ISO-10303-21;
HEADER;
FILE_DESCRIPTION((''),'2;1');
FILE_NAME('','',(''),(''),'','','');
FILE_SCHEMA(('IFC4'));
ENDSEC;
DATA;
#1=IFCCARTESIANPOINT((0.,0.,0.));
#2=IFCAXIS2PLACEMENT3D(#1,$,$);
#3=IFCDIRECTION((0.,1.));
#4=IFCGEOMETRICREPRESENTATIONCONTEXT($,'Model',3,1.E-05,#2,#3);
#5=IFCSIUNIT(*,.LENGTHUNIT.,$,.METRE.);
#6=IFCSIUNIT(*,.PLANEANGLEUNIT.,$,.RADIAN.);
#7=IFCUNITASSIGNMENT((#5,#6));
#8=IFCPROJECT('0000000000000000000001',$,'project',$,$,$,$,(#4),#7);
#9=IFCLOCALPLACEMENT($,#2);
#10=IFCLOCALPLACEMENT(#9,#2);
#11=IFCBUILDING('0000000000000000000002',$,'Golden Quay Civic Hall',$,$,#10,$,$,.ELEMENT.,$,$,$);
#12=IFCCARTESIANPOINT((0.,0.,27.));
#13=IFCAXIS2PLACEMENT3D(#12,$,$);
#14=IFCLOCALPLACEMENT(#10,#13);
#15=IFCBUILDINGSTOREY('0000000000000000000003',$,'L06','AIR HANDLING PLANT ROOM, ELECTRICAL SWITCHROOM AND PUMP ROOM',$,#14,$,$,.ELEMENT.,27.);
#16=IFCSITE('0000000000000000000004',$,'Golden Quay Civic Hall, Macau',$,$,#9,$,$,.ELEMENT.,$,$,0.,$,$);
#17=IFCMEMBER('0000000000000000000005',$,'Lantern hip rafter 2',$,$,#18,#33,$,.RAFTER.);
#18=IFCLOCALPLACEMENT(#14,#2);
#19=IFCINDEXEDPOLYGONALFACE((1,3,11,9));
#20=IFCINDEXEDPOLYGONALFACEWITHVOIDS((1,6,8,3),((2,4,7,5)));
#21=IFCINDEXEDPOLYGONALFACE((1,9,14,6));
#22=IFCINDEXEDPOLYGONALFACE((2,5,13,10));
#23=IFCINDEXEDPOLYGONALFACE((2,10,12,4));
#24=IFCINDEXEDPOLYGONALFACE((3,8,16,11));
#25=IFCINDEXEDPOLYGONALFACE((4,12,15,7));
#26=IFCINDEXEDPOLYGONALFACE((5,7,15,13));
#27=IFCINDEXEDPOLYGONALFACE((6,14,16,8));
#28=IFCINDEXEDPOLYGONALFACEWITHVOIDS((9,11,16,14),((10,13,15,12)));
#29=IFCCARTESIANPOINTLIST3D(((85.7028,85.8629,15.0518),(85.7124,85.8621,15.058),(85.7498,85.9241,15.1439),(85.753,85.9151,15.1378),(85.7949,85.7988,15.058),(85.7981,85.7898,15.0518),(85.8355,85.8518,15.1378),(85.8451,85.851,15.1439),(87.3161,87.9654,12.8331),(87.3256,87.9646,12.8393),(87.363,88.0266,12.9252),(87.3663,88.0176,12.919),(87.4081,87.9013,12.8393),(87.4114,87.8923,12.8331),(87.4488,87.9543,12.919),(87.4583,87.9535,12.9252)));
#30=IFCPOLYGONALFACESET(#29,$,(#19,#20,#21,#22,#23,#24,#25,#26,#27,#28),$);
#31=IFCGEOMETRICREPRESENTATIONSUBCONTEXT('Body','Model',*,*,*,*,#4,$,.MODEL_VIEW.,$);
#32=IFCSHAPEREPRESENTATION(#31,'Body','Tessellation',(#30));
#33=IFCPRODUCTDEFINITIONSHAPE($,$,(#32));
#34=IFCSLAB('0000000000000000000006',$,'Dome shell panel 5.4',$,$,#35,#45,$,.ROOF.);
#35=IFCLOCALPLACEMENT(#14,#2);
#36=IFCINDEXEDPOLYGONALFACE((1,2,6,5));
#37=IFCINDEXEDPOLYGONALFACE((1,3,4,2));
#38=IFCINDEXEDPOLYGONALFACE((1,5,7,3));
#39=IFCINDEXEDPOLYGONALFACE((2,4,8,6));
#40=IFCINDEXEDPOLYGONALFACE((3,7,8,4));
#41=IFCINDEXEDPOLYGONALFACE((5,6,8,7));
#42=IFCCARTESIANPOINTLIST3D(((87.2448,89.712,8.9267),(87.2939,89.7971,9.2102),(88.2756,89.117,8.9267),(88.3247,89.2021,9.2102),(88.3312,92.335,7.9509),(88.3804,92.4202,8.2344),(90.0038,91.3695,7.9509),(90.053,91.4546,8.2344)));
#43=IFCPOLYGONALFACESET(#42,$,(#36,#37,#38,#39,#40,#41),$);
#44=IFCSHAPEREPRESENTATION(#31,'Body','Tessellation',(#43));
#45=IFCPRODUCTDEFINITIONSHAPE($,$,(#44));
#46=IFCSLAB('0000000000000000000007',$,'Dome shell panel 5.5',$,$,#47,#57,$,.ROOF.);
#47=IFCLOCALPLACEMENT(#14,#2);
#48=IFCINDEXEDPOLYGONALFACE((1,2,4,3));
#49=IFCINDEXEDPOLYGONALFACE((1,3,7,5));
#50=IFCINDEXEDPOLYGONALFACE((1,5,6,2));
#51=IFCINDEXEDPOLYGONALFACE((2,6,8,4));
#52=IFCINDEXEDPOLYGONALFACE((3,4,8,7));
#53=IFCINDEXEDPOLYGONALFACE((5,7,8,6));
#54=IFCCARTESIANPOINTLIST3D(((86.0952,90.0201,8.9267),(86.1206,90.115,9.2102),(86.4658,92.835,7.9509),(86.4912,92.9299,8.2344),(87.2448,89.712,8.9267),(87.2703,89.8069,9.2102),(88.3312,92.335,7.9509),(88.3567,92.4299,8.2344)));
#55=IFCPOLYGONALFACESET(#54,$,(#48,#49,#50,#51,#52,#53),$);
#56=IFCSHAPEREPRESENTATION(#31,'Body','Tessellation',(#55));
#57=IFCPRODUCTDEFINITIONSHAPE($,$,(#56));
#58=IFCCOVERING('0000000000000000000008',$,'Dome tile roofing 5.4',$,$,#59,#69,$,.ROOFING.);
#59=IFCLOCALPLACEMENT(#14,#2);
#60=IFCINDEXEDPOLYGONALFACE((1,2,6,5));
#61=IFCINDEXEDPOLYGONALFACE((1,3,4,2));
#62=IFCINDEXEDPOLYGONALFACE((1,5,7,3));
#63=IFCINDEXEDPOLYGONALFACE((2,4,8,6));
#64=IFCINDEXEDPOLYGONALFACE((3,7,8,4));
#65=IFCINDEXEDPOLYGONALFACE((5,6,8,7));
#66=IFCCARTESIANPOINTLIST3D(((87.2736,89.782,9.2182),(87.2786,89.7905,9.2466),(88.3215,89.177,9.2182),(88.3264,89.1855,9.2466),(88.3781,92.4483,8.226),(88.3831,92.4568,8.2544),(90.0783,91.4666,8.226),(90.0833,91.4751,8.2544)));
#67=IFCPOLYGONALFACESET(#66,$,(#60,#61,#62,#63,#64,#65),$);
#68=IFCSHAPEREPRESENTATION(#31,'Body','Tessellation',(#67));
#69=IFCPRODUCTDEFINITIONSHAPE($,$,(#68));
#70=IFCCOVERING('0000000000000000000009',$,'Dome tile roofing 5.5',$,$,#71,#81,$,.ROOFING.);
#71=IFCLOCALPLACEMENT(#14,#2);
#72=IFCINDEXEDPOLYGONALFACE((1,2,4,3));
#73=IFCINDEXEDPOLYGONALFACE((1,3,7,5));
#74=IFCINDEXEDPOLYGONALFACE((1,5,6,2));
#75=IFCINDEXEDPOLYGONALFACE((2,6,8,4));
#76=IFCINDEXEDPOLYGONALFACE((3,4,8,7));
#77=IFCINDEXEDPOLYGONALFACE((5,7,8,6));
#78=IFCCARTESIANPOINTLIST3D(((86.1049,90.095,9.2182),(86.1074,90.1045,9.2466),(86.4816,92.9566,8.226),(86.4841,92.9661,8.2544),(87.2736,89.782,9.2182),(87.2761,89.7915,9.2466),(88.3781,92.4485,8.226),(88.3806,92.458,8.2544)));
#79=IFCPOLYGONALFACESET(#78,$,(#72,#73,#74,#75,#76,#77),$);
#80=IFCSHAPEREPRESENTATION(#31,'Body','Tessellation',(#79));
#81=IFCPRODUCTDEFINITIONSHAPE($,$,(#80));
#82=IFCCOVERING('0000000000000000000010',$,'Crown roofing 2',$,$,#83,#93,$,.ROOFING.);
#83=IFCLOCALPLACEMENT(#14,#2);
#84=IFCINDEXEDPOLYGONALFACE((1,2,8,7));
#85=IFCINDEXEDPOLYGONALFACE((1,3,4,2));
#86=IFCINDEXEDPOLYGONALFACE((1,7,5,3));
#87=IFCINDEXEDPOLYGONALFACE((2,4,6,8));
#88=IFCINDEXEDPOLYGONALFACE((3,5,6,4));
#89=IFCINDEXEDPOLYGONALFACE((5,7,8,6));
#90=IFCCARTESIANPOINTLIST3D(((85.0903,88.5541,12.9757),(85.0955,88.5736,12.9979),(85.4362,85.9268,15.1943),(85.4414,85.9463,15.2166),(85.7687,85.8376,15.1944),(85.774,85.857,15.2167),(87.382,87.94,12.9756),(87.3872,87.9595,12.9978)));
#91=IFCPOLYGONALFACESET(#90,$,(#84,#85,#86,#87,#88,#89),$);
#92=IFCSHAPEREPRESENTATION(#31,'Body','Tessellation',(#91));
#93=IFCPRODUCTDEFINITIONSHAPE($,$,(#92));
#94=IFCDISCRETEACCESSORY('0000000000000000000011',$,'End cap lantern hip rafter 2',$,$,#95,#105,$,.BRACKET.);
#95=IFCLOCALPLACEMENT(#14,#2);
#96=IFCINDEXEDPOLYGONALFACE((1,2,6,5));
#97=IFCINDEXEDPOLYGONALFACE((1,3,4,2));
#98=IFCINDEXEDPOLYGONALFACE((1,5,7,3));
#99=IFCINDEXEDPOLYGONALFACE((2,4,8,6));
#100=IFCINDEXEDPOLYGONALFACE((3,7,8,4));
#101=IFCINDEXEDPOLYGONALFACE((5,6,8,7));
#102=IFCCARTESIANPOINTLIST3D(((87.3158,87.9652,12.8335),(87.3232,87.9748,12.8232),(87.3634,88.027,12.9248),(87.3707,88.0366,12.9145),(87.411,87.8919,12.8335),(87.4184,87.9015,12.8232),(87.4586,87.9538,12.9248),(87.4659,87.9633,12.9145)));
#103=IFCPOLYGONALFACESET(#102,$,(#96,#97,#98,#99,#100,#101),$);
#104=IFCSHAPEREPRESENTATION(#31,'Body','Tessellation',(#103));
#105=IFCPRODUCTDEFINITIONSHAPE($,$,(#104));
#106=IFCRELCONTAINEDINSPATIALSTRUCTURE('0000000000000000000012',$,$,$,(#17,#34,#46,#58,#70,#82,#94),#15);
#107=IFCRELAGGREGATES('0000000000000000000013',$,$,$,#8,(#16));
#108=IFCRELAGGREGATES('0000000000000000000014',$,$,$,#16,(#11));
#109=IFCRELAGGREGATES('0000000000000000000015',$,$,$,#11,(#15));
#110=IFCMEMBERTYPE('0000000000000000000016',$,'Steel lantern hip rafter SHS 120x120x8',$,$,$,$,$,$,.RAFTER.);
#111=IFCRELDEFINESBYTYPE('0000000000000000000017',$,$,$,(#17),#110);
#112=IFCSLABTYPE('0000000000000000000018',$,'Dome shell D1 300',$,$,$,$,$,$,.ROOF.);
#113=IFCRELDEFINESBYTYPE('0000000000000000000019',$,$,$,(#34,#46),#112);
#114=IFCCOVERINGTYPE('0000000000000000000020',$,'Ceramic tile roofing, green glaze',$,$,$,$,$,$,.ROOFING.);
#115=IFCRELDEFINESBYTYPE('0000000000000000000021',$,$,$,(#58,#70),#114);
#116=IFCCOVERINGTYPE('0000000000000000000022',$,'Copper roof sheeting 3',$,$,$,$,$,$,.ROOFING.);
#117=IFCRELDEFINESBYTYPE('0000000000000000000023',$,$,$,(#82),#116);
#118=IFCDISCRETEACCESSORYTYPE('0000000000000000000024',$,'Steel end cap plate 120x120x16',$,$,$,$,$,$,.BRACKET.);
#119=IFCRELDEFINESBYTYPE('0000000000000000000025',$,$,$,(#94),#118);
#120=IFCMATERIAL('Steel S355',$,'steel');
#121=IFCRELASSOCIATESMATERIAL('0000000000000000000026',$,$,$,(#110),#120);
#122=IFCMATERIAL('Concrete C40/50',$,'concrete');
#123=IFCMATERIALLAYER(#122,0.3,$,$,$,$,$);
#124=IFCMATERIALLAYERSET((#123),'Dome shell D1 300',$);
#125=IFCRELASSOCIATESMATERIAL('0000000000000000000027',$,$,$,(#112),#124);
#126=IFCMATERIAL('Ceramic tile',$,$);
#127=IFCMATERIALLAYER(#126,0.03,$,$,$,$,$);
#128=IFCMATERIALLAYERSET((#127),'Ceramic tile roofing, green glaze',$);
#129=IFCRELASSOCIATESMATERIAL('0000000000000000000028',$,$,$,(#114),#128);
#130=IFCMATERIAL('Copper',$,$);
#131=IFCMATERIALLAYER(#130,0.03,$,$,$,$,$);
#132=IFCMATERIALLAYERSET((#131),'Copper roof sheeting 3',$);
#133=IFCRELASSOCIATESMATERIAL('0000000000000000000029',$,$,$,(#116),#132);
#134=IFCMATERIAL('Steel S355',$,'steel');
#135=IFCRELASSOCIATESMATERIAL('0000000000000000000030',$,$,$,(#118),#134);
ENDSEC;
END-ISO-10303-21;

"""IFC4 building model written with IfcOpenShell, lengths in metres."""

from ifc_helpers import new_model, si_unit, direction, frame, origin, origin_2d, place, context, subcontext, project, spatial, polyline, rectangle, hollow_rectangle, outline, extrude, material, layer, layer_set, material_profile, profile_set, type_object, element, save


model = new_model("IFC4")

# Units and contexts
model_context = context("Model", 3, precision=1e-05, world=origin(), true_north=direction((0.0, 1.0)))
body_context = subcontext(model_context, "Body", "Model", "MODEL_VIEW")
ifc_project = project(units=[si_unit("LENGTHUNIT", "METRE"), si_unit("PLANEANGLEUNIT", "RADIAN")], contexts=[model_context])

# Site, building, storey
site_placement = place(None, origin())
site = spatial("IfcSite", under=ifc_project, at=site_placement, Name="Golden Quay Civic Hall, Macau", CompositionType="ELEMENT", RefElevation=0.0)
building_placement = place(site_placement, origin())
building = spatial("IfcBuilding", under=site, at=building_placement, Name="Golden Quay Civic Hall", CompositionType="ELEMENT")
storey_placement = place(building_placement, frame((0.0, 0.0, 27.0)))
storey = spatial("IfcBuildingStorey", under=building, at=storey_placement, Name="L06", Description="AIR HANDLING PLANT ROOM, ELECTRICAL SWITCHROOM AND PUMP ROOM", CompositionType="ELEMENT", Elevation=27.0)

# Member
ifc_material_1 = material(Name="Steel S355", Category="steel")
ifc_material_profile_1 = material_profile(ifc_material_1, hollow_rectangle(XDim=0.1201, YDim=0.1201, WallThickness=0.0081, at=origin_2d()), Name="SHS 120x120x8")
ifc_profile_set_1 = profile_set([ifc_material_profile_1], Name="Steel S355")
member_type_1 = type_object("IfcMemberType", Name="Steel lantern hip rafter SHS 120x120x8", PredefinedType="RAFTER", material=ifc_profile_set_1)
member_1_placement = place(storey_placement, frame((87.3872, 87.9595, 12.8792), z_axis=(-0.466762, -0.608316, 0.641939), x_axis=(0.793363, -0.608749, 0.0)))
element("IfcMember", 1, at=member_1_placement, inside=storey, type_object=member_type_1, Name="Lantern hip rafter 2", PredefinedType="RAFTER", context=body_context, shape_type="SweptSolid", body=[
    extrude(hollow_rectangle(XDim=0.1201, YDim=0.1201, WallThickness=0.0081, at=origin_2d()), origin(), (0.0, 0.0, 1.0), 3.4563),
])

# Slabs
ifc_material_2 = material(Name="Concrete C40/50", Category="concrete")
ifc_layer_1 = layer(ifc_material_2, 0.3)
ifc_layer_set_1 = layer_set([ifc_layer_1], Name="Dome shell D1 300")
slab_type = type_object("IfcSlabType", Name="Dome shell D1 300", PredefinedType="ROOF", material=ifc_layer_set_1)
slab_1_placement = place(storey_placement, frame((90.053, 91.4546, 8.2344), z_axis=(0.163756, 0.283678, 0.944834), x_axis=(-0.86605, 0.499958, -0.000006)))
element("IfcSlab", 2, at=slab_1_placement, inside=storey, type_object=slab_type, Name="Dome shell panel 5.4", PredefinedType="ROOF", context=body_context, shape_type="SweptSolid", body=[
    extrude(outline(polyline([(0.0, 0.0), (1.9313, 0.0), (1.5608, 2.9792), (0.3706, 2.9791), (0.0, 0.0)])), origin(), (0.0, 0.0, -1.0), 0.3),
])
slab_2_placement = place(storey_placement, frame((88.3567, 92.4299, 8.2344), z_axis=(0.084794, 0.316377, 0.944836), x_axis=(-0.965907, 0.258889, -0.000003)))
element("IfcSlab", 3, at=slab_2_placement, inside=storey, type_object=slab_type, Name="Dome shell panel 5.5", PredefinedType="ROOF", context=body_context, shape_type="SweptSolid", body=[
    extrude(outline(polyline([(0.0, 0.0), (1.9313, 0.0), (1.5605, 2.9793), (0.3703, 2.9792), (0.0, 0.0)])), origin(), (0.0, 0.0, -1.0), 0.3),
])

# Coverings
ifc_material_3 = material(Name="Ceramic tile")
ifc_layer_2 = layer(ifc_material_3, 0.03)
ifc_layer_set_2 = layer_set([ifc_layer_2], Name="Ceramic tile roofing, green glaze")
covering_type_1 = type_object("IfcCoveringType", Name="Ceramic tile roofing, green glaze", PredefinedType="ROOFING", material=ifc_layer_set_2)
covering_1_placement = place(storey_placement, frame((90.0833, 91.4751, 8.2544), z_axis=(0.16382, 0.283729, 0.944807), x_axis=(-0.866008, 0.50003, -0.000004)))
element("IfcCovering", 4, at=covering_1_placement, inside=storey, type_object=covering_type_1, Name="Dome tile roofing 5.4", PredefinedType="ROOFING", context=body_context, shape_type="SweptSolid", body=[
    extrude(outline(polyline([(0.0, 0.0), (1.9633, 0.0), (1.5865, 3.0284), (0.3766, 3.0284), (0.0, 0.0)])), origin(), (0.0, 0.0, -1.0), 0.03),
])
covering_2_placement = place(storey_placement, frame((88.3806, 92.458, 8.2544), z_axis=(0.084763, 0.316443, 0.944817), x_axis=(-0.96594, 0.258766, -0.000009)))
element("IfcCovering", 5, at=covering_2_placement, inside=storey, type_object=covering_type_1, Name="Dome tile roofing 5.5", PredefinedType="ROOFING", context=body_context, shape_type="SweptSolid", body=[
    extrude(outline(polyline([(0.0, 0.0), (1.9634, 0.0), (1.5867, 3.0287), (0.3769, 3.0286), (0.0, 0.0)])), origin(), (0.0, 0.0, -1.0), 0.03),
])
ifc_material_4 = material(Name="Copper")
ifc_layer_3 = layer(ifc_material_4, 0.03)
ifc_layer_set_3 = layer_set([ifc_layer_3], Name="Copper roof sheeting 3")
covering_type_2 = type_object("IfcCoveringType", Name="Copper roof sheeting 3", PredefinedType="ROOFING", material=ifc_layer_set_3)
covering_3_placement = place(storey_placement, frame((87.3872, 87.9595, 12.9978), z_axis=(0.173847, 0.648623, 0.740989), x_axis=(-0.965921, 0.258837, 0.000047)))
element("IfcCovering", 6, at=covering_3_placement, inside=storey, type_object=covering_type_2, Name="Crown roofing 2", PredefinedType="ROOFING", context=body_context, shape_type="SweptSolid", body=[
    extrude(outline(polyline([(0.0, 0.0), (2.3726, 0.0), (1.3585, 3.304), (1.0142, 3.3042), (0.0, 0.0)])), origin(), (0.0, 0.0, -1.0), 0.03),
])

# Discrete accessory
ifc_material_5 = material(Name="Steel S355", Category="steel")
ifc_material_profile_2 = material_profile(ifc_material_5, rectangle(XDim=0.1201, YDim=0.1201, at=origin_2d()), Name="Steel end cap plate 120x120x16")
ifc_profile_set_2 = profile_set([ifc_material_profile_2], Name="Steel S355")
discrete_accessory_type = type_object("IfcDiscreteAccessoryType", Name="Steel end cap plate 120x120x16", PredefinedType="BRACKET", material=ifc_profile_set_2)
discrete_accessory_placement = place(storey_placement, frame((87.3872, 87.9595, 12.8792), z_axis=(0.463739, 0.602861, -0.649234), x_axis=(-0.792624, 0.609711, 0.0)))
element("IfcDiscreteAccessory", 7, at=discrete_accessory_placement, inside=storey, type_object=discrete_accessory_type, Name="End cap lantern hip rafter 2", PredefinedType="BRACKET", context=body_context, shape_type="SweptSolid", body=[
    extrude(rectangle(XDim=0.1201, YDim=0.1201, at=origin_2d()), origin(), (0.0, 0.0, 1.0), 0.0159),
])

save(model, "model.ifc")
